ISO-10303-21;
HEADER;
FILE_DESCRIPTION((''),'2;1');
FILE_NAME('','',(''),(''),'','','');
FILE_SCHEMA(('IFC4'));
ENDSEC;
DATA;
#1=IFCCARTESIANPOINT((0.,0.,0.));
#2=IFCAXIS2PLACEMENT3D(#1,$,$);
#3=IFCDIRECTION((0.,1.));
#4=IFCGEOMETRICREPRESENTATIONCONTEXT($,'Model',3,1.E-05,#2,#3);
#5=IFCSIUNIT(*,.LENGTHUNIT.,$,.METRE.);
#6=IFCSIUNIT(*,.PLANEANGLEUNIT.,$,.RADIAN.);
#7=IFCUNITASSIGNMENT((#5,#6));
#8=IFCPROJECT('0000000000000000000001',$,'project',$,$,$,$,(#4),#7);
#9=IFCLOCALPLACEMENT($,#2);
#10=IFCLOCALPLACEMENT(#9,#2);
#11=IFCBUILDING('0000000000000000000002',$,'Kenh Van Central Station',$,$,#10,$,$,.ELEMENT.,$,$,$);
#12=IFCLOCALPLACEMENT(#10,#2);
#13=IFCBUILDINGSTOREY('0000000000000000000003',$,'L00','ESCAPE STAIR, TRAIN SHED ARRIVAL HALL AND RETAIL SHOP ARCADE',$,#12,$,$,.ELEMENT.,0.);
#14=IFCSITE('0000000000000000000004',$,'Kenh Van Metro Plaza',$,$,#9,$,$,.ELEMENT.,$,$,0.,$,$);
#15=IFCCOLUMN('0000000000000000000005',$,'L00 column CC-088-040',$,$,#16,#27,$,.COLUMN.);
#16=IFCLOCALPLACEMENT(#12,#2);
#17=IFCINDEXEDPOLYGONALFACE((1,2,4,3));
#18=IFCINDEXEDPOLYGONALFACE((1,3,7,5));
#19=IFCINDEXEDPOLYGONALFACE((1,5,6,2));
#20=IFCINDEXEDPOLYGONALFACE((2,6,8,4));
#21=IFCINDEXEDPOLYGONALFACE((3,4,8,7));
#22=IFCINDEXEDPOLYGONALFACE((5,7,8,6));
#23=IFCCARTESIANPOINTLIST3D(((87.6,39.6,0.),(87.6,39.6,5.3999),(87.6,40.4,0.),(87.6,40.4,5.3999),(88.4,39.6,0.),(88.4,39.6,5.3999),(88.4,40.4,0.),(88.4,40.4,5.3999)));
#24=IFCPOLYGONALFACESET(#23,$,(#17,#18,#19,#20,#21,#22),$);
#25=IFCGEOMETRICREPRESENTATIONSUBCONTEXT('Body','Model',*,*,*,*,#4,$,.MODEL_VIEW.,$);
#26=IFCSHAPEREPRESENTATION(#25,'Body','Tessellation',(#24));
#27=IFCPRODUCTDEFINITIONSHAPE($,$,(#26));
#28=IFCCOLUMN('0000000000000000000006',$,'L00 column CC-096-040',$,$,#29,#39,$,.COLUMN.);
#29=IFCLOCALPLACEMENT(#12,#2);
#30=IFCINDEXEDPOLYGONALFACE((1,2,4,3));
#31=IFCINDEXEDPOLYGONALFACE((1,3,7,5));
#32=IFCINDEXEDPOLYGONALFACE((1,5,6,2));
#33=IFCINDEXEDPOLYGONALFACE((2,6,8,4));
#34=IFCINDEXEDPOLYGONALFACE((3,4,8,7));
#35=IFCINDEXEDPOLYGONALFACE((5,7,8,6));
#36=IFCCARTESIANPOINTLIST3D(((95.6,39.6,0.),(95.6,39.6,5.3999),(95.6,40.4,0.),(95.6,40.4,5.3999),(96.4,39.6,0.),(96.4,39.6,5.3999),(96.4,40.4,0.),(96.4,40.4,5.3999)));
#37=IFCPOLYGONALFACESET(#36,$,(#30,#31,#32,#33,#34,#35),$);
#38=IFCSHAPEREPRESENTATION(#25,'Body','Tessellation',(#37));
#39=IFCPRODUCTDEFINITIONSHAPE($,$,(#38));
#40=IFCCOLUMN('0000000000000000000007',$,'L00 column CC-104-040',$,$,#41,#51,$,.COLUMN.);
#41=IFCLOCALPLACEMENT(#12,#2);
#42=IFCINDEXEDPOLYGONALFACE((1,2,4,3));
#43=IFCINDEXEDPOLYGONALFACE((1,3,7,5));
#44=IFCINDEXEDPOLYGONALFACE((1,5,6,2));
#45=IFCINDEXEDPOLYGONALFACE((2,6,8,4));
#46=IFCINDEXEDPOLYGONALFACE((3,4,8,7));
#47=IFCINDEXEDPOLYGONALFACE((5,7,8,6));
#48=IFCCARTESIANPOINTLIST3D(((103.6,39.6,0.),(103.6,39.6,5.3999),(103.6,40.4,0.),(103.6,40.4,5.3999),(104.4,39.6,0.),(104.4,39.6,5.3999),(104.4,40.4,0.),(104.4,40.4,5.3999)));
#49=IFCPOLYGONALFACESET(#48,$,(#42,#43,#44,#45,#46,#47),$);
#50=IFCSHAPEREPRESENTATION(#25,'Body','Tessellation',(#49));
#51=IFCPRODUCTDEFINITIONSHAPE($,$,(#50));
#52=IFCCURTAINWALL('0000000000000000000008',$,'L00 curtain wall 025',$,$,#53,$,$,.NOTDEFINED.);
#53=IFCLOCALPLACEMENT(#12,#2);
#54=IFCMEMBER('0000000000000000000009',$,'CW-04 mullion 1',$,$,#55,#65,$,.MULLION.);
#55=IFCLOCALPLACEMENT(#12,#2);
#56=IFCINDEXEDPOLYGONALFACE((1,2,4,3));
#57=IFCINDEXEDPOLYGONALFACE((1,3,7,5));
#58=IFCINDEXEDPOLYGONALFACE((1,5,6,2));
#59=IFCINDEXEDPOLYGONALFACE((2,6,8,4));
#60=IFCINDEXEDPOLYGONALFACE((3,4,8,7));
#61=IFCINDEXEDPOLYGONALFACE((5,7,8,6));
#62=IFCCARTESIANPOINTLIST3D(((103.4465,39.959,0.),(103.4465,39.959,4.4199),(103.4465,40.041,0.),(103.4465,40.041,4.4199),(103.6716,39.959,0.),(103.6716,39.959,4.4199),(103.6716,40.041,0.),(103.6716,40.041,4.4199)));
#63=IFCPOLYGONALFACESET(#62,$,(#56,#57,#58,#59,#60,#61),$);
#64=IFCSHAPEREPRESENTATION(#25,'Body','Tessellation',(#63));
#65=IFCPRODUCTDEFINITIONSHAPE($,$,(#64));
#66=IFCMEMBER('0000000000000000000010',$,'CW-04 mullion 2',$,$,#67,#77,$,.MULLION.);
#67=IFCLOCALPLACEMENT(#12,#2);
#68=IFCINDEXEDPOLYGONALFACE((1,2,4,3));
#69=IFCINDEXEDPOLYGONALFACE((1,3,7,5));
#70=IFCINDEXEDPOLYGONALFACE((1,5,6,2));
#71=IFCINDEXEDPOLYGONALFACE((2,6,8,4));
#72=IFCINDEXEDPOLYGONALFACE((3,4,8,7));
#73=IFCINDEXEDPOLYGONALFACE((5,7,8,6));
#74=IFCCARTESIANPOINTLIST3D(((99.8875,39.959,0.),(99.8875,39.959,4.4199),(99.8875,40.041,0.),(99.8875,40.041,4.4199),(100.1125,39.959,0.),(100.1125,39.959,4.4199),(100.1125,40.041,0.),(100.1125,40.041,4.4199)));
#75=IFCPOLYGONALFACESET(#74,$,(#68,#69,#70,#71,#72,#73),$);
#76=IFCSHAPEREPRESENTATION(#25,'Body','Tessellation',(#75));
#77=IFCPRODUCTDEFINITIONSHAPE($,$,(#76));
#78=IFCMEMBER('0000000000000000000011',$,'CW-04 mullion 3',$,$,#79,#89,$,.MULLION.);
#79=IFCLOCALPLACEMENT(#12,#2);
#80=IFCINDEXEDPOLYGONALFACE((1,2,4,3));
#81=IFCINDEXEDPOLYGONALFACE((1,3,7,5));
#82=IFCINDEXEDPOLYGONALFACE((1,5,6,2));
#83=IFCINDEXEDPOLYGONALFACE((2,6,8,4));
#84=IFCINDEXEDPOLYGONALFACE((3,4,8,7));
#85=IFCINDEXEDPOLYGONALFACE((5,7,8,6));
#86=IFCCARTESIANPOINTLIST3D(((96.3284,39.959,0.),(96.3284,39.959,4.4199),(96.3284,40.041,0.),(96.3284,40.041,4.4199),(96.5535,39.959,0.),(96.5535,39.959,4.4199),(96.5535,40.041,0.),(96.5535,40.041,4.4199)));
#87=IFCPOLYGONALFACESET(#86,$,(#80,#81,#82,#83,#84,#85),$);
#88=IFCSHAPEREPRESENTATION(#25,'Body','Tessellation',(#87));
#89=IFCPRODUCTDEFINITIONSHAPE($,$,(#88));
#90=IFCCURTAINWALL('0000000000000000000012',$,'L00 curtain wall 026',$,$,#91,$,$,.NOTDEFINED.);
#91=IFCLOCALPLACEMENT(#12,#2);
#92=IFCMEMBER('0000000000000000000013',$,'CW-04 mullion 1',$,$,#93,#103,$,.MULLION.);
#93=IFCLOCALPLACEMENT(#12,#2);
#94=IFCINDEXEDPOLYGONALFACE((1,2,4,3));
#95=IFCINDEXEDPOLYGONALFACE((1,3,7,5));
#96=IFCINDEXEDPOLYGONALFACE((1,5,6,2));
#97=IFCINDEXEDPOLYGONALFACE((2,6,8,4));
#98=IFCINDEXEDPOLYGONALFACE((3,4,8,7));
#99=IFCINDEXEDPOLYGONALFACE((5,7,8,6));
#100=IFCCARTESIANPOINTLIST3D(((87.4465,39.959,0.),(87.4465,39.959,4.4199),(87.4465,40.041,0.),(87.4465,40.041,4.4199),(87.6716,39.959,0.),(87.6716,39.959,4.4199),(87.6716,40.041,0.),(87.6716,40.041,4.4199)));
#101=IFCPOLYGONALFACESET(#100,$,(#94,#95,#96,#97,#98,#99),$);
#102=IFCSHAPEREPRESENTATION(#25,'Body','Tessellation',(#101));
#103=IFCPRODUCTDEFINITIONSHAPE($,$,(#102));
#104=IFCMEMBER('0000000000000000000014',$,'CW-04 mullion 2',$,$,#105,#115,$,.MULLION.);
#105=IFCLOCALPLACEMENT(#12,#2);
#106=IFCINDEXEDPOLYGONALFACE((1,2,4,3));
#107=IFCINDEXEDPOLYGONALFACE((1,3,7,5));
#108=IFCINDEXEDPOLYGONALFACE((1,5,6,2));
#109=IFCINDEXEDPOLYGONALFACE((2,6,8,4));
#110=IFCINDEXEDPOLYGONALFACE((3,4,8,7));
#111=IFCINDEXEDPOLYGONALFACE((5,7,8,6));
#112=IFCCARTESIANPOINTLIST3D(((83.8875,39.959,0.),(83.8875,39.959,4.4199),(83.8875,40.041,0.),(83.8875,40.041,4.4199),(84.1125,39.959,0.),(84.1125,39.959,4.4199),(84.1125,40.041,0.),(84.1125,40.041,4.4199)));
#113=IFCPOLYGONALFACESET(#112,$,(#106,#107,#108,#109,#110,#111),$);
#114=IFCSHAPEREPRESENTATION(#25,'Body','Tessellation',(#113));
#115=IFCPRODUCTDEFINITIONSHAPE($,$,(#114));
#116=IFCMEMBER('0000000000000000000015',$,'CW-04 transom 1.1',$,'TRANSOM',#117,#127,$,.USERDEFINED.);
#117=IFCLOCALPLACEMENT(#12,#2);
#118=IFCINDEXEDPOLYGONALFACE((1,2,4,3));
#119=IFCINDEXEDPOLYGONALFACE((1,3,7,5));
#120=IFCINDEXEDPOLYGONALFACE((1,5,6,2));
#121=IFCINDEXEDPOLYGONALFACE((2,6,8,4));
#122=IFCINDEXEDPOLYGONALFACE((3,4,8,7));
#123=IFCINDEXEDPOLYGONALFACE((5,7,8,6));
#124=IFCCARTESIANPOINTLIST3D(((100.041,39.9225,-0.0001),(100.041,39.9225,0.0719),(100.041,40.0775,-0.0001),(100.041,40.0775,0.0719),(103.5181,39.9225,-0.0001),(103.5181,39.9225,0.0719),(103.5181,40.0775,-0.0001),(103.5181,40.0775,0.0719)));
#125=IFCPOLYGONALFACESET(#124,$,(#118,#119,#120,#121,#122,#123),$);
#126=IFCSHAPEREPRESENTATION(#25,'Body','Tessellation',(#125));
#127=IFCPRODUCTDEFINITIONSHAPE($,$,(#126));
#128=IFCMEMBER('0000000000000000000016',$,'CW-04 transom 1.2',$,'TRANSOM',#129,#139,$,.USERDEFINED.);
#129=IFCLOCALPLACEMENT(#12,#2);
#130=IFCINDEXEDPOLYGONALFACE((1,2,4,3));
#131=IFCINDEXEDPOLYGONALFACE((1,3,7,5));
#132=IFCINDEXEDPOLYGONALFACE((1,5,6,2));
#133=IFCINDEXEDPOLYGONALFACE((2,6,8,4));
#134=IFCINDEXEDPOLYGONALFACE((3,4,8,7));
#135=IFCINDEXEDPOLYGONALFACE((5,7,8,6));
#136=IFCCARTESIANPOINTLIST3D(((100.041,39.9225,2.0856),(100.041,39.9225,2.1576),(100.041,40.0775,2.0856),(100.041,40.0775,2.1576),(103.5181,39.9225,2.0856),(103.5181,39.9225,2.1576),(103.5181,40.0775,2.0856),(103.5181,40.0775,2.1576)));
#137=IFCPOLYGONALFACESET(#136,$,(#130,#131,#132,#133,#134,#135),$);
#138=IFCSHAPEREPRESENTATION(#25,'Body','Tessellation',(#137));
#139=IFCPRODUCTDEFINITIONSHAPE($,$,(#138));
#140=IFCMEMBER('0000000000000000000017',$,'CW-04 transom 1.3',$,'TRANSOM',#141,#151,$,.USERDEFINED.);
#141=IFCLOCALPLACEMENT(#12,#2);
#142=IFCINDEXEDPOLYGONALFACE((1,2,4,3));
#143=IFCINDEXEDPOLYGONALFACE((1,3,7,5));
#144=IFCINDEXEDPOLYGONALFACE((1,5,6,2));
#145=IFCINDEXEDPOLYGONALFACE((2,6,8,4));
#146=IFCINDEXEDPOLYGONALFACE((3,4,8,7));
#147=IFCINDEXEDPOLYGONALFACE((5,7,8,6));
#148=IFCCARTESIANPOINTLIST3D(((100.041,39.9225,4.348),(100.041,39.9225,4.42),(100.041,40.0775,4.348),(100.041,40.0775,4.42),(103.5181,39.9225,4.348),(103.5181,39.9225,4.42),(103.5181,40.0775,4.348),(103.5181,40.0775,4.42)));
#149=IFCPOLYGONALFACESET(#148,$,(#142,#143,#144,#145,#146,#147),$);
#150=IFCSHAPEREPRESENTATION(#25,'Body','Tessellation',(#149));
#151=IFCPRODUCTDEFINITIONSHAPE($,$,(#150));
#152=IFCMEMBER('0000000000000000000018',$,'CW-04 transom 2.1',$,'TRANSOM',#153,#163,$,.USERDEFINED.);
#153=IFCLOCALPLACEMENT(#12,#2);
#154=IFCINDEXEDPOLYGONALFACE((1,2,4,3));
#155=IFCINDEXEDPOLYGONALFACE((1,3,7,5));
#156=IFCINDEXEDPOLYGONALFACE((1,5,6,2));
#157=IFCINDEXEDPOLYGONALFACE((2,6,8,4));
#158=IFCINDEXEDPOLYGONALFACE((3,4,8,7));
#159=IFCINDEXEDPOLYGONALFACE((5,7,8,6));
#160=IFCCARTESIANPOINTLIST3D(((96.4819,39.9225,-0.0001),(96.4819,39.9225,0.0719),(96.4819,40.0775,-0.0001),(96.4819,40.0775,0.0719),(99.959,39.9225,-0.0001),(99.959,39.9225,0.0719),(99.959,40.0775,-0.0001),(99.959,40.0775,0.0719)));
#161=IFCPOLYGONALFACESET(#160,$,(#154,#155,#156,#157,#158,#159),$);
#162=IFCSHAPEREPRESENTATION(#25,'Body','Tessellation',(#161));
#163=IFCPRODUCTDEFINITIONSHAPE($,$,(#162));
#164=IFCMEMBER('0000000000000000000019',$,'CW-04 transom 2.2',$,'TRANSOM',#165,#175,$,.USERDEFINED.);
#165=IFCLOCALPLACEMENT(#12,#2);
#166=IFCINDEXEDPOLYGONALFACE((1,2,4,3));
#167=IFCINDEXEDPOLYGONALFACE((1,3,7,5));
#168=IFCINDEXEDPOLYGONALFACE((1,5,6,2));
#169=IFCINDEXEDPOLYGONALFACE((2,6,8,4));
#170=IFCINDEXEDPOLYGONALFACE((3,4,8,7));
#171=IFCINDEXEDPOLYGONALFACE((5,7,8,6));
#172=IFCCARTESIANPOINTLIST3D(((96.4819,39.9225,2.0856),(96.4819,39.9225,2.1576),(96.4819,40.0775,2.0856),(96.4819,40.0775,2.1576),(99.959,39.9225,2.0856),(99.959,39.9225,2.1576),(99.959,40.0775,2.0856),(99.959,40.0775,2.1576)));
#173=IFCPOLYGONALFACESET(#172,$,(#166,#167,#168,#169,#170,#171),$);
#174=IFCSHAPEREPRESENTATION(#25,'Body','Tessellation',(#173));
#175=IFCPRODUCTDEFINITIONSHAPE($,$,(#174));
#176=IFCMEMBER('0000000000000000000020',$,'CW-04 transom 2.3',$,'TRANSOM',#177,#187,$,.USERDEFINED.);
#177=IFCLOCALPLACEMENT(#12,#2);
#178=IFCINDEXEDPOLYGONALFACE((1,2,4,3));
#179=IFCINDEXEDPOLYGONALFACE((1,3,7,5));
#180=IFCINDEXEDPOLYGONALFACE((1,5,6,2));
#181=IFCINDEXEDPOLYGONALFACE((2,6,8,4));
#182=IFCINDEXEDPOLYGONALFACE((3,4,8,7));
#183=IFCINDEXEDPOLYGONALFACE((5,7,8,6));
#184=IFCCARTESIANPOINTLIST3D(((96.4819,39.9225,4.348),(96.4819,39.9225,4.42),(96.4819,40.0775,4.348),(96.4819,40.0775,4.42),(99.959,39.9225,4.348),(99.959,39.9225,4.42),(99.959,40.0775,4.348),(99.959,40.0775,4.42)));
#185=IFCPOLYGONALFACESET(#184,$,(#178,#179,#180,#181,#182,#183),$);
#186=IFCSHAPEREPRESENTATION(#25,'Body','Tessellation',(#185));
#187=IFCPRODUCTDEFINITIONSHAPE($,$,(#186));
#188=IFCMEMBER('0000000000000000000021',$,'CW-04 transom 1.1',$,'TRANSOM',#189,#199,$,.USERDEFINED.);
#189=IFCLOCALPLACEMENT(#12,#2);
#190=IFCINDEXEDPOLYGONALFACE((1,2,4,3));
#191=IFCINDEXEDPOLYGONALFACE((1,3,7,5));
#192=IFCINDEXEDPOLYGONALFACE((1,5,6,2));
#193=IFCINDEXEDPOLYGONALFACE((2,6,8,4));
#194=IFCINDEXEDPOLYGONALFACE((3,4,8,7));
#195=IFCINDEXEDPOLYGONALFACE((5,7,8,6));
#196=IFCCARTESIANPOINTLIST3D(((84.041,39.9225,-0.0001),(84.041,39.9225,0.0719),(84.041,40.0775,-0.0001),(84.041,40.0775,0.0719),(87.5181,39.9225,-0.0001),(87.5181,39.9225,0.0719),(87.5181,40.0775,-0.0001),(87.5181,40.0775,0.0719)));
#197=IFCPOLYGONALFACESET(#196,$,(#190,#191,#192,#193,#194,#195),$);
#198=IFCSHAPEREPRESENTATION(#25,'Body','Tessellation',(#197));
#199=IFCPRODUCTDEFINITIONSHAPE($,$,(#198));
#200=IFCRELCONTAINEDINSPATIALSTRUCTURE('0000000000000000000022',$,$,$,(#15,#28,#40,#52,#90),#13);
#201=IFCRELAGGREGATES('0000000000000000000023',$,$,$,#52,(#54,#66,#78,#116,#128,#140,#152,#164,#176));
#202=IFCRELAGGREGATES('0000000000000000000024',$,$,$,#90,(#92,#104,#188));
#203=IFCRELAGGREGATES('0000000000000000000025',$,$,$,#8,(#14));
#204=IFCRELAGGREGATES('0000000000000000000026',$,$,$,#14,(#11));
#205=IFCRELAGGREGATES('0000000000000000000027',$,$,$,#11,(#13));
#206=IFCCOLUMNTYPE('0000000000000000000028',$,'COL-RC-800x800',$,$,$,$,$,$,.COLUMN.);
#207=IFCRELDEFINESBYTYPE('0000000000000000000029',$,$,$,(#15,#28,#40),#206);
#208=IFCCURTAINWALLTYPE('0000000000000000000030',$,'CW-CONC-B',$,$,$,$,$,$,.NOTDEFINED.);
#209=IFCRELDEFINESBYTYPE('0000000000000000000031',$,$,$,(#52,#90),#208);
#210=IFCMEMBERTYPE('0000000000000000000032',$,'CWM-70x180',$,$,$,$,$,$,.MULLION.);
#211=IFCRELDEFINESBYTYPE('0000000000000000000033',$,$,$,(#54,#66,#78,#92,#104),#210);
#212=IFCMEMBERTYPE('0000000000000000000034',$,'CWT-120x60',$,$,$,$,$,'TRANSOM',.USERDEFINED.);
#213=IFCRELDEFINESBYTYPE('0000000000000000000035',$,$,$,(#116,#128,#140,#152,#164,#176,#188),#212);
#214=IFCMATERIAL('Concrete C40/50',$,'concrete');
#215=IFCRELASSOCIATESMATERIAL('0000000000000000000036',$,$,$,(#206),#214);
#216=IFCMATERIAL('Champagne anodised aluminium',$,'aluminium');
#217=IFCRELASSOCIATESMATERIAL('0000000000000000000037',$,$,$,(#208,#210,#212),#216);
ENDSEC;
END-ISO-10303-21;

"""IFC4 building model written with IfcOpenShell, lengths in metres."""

from ifc_helpers import new_model, si_unit, direction, frame, origin, origin_2d, place, context, subcontext, project, spatial, rectangle, extrude, material, material_profile, profile_set, type_object, element, aggregate, save


model = new_model("IFC4")

# Units and contexts
model_context = context("Model", 3, precision=1e-05, world=origin(), true_north=direction((0.0, 1.0)))
body_context = subcontext(model_context, "Body", "Model", "MODEL_VIEW")
ifc_project = project(units=[si_unit("LENGTHUNIT", "METRE"), si_unit("PLANEANGLEUNIT", "RADIAN")], contexts=[model_context])

# Site, building, storey
site_placement = place(None, origin())
site = spatial("IfcSite", under=ifc_project, at=site_placement, Name="Kenh Van Metro Plaza", CompositionType="ELEMENT", RefElevation=0.0)
building_placement = place(site_placement, origin())
building = spatial("IfcBuilding", under=site, at=building_placement, Name="Kenh Van Central Station", CompositionType="ELEMENT")
storey_placement = place(building_placement, origin())
storey = spatial("IfcBuildingStorey", under=building, at=storey_placement, Name="L00", Description="ESCAPE STAIR, TRAIN SHED ARRIVAL HALL AND RETAIL SHOP ARCADE", CompositionType="ELEMENT", Elevation=0.0)

# Columns
ifc_material_1 = material(Name="Concrete C40/50", Category="concrete")
ifc_material_profile_1 = material_profile(ifc_material_1, rectangle(XDim=0.8, YDim=0.8, at=origin_2d()), Name="RC 800x800")
ifc_profile_set_1 = profile_set([ifc_material_profile_1], Name="Concrete C40/50")
column_type = type_object("IfcColumnType", Name="COL-RC-800x800", PredefinedType="COLUMN", material=ifc_profile_set_1)
for number, where, z_axis, x_axis, name in (
    (1, (88.0, 40.0, 0.0), (0.0, 0.0, 1.0), (1.0, 0.0, 0.0), "L00 column CC-088-040"),
    (2, (96.0, 40.0, 0.0), (0.0, 0.0, 1.0), (1.0, 0.0, 0.0), "L00 column CC-096-040"),
    (3, (104.0, 40.0, 0.0), (0.0, 0.0, 1.0), (1.0, 0.0, 0.0), "L00 column CC-104-040"),
):
    element("IfcColumn", number, at=place(storey_placement, frame(where, z_axis=z_axis, x_axis=x_axis)), inside=storey, type_object=column_type, Name=name, PredefinedType="COLUMN", context=body_context, shape_type="SweptSolid", body=[
        extrude(rectangle(XDim=0.8, YDim=0.8, at=origin_2d()), origin(), (0.0, 0.0, 1.0), 5.3999),
    ])

# Curtain walls, members
ifc_material_2 = material(Name="Champagne anodised aluminium", Category="aluminium")
curtain_wall_type = type_object("IfcCurtainWallType", Name="CW-CONC-B", PredefinedType="NOTDEFINED", material=ifc_material_2)
curtain_wall_1_placement = place(storey_placement, origin())
curtain_wall_1 = element("IfcCurtainWall", 4, at=curtain_wall_1_placement, inside=storey, type_object=curtain_wall_type, Name="L00 curtain wall 025", PredefinedType="NOTDEFINED")
ifc_material_profile_2 = material_profile(ifc_material_2, rectangle(XDim=0.082, YDim=0.2251, at=origin_2d()), Name="AL 82x225")
ifc_profile_set_2 = profile_set([ifc_material_profile_2], Name="Champagne anodised aluminium")
member_type_1 = type_object("IfcMemberType", Name="CWM-70x180", PredefinedType="MULLION", material=ifc_profile_set_2)
member_1_placement = place(storey_placement, frame((103.5591, 40.0, 0.0), z_axis=(0.0, 0.0, 1.0), x_axis=(0.0, -1.0, 0.0)))
member_1 = element("IfcMember", 5, at=member_1_placement, type_object=member_type_1, Name="CW-04 mullion 1", PredefinedType="MULLION", context=body_context, shape_type="SweptSolid", body=[
    extrude(rectangle(XDim=0.082, YDim=0.2251, at=origin_2d()), origin(), (0.0, 0.0, 1.0), 4.4199),
])
member_2_placement = place(storey_placement, frame((100.0, 40.0, 0.0), z_axis=(0.0, 0.0, 1.0), x_axis=(0.0, -1.0, 0.0)))
member_2 = element("IfcMember", 6, at=member_2_placement, type_object=member_type_1, Name="CW-04 mullion 2", PredefinedType="MULLION", context=body_context, shape_type="SweptSolid", body=[
    extrude(rectangle(XDim=0.082, YDim=0.2251, at=origin_2d()), origin(), (0.0, 0.0, 1.0), 4.4199),
])
member_3_placement = place(storey_placement, frame((96.4409, 40.0, 0.0), z_axis=(0.0, 0.0, 1.0), x_axis=(0.0, -1.0, 0.0)))
member_3 = element("IfcMember", 7, at=member_3_placement, type_object=member_type_1, Name="CW-04 mullion 3", PredefinedType="MULLION", context=body_context, shape_type="SweptSolid", body=[
    extrude(rectangle(XDim=0.082, YDim=0.2251, at=origin_2d()), origin(), (0.0, 0.0, 1.0), 4.4199),
])
curtain_wall_2_placement = place(storey_placement, origin())
curtain_wall_2 = element("IfcCurtainWall", 8, at=curtain_wall_2_placement, inside=storey, type_object=curtain_wall_type, Name="L00 curtain wall 026", PredefinedType="NOTDEFINED")
member_4_placement = place(storey_placement, frame((87.5591, 40.0, 0.0), z_axis=(0.0, 0.0, 1.0), x_axis=(0.0, -1.0, 0.0)))
member_4 = element("IfcMember", 9, at=member_4_placement, type_object=member_type_1, Name="CW-04 mullion 1", PredefinedType="MULLION", context=body_context, shape_type="SweptSolid", body=[
    extrude(rectangle(XDim=0.082, YDim=0.2251, at=origin_2d()), origin(), (0.0, 0.0, 1.0), 4.4199),
])
member_5_placement = place(storey_placement, frame((84.0, 40.0, 0.0), z_axis=(0.0, 0.0, 1.0), x_axis=(0.0, -1.0, 0.0)))
member_5 = element("IfcMember", 10, at=member_5_placement, type_object=member_type_1, Name="CW-04 mullion 2", PredefinedType="MULLION", context=body_context, shape_type="SweptSolid", body=[
    extrude(rectangle(XDim=0.082, YDim=0.2251, at=origin_2d()), origin(), (0.0, 0.0, 1.0), 4.4199),
])

# Members
ifc_material_profile_3 = material_profile(ifc_material_2, rectangle(XDim=0.155, YDim=0.072, at=origin_2d()), Name="AL 155x72")
ifc_profile_set_3 = profile_set([ifc_material_profile_3], Name="Champagne anodised aluminium")
member_type_2 = type_object("IfcMemberType", Name="CWT-120x60", ElementType="TRANSOM", PredefinedType="USERDEFINED", material=ifc_profile_set_3)
member_6_placement = place(storey_placement, frame((103.5181, 40.0, 0.0359), z_axis=(-1.0, 0.0, 0.0), x_axis=(0.0, -1.0, 0.0)))
member_6 = element("IfcMember", 11, at=member_6_placement, type_object=member_type_2, Name="CW-04 transom 1.1", ObjectType="TRANSOM", PredefinedType="USERDEFINED", context=body_context, shape_type="SweptSolid", body=[
    extrude(rectangle(XDim=0.155, YDim=0.072, at=origin_2d()), origin(), (0.0, 0.0, 1.0), 3.4771),
])
member_7_placement = place(storey_placement, frame((103.5181, 40.0, 2.1216), z_axis=(-1.0, 0.0, 0.0), x_axis=(0.0, -1.0, 0.0)))
member_7 = element("IfcMember", 12, at=member_7_placement, type_object=member_type_2, Name="CW-04 transom 1.2", ObjectType="TRANSOM", PredefinedType="USERDEFINED", context=body_context, shape_type="SweptSolid", body=[
    extrude(rectangle(XDim=0.155, YDim=0.072, at=origin_2d()), origin(), (0.0, 0.0, 1.0), 3.4771),
])
member_8_placement = place(storey_placement, frame((103.5181, 40.0, 4.384), z_axis=(-1.0, 0.0, 0.0), x_axis=(0.0, -1.0, 0.0)))
member_8 = element("IfcMember", 13, at=member_8_placement, type_object=member_type_2, Name="CW-04 transom 1.3", ObjectType="TRANSOM", PredefinedType="USERDEFINED", context=body_context, shape_type="SweptSolid", body=[
    extrude(rectangle(XDim=0.155, YDim=0.072, at=origin_2d()), origin(), (0.0, 0.0, 1.0), 3.4771),
])
member_9_placement = place(storey_placement, frame((99.959, 40.0, 0.0359), z_axis=(-1.0, 0.0, 0.0), x_axis=(0.0, -1.0, 0.0)))
member_9 = element("IfcMember", 14, at=member_9_placement, type_object=member_type_2, Name="CW-04 transom 2.1", ObjectType="TRANSOM", PredefinedType="USERDEFINED", context=body_context, shape_type="SweptSolid", body=[
    extrude(rectangle(XDim=0.155, YDim=0.072, at=origin_2d()), origin(), (0.0, 0.0, 1.0), 3.4771),
])
member_10_placement = place(storey_placement, frame((99.959, 40.0, 2.1216), z_axis=(-1.0, 0.0, 0.0), x_axis=(0.0, -1.0, 0.0)))
member_10 = element("IfcMember", 15, at=member_10_placement, type_object=member_type_2, Name="CW-04 transom 2.2", ObjectType="TRANSOM", PredefinedType="USERDEFINED", context=body_context, shape_type="SweptSolid", body=[
    extrude(rectangle(XDim=0.155, YDim=0.072, at=origin_2d()), origin(), (0.0, 0.0, 1.0), 3.4771),
])
member_11_placement = place(storey_placement, frame((99.959, 40.0, 4.384), z_axis=(-1.0, 0.0, 0.0), x_axis=(0.0, -1.0, 0.0)))
member_11 = element("IfcMember", 16, at=member_11_placement, type_object=member_type_2, Name="CW-04 transom 2.3", ObjectType="TRANSOM", PredefinedType="USERDEFINED", context=body_context, shape_type="SweptSolid", body=[
    extrude(rectangle(XDim=0.155, YDim=0.072, at=origin_2d()), origin(), (0.0, 0.0, 1.0), 3.4771),
])
member_12_placement = place(storey_placement, frame((87.5181, 40.0, 0.0359), z_axis=(-1.0, 0.0, 0.0), x_axis=(0.0, -1.0, 0.0)))
member_12 = element("IfcMember", 17, at=member_12_placement, type_object=member_type_2, Name="CW-04 transom 1.1", ObjectType="TRANSOM", PredefinedType="USERDEFINED", context=body_context, shape_type="SweptSolid", body=[
    extrude(rectangle(XDim=0.155, YDim=0.072, at=origin_2d()), origin(), (0.0, 0.0, 1.0), 3.4771),
])

aggregate(curtain_wall_1, [member_1, member_2, member_3, member_6, member_7, member_8, member_9, member_10, member_11])
aggregate(curtain_wall_2, [member_4, member_5, member_12])

save(model, "model.ifc")
